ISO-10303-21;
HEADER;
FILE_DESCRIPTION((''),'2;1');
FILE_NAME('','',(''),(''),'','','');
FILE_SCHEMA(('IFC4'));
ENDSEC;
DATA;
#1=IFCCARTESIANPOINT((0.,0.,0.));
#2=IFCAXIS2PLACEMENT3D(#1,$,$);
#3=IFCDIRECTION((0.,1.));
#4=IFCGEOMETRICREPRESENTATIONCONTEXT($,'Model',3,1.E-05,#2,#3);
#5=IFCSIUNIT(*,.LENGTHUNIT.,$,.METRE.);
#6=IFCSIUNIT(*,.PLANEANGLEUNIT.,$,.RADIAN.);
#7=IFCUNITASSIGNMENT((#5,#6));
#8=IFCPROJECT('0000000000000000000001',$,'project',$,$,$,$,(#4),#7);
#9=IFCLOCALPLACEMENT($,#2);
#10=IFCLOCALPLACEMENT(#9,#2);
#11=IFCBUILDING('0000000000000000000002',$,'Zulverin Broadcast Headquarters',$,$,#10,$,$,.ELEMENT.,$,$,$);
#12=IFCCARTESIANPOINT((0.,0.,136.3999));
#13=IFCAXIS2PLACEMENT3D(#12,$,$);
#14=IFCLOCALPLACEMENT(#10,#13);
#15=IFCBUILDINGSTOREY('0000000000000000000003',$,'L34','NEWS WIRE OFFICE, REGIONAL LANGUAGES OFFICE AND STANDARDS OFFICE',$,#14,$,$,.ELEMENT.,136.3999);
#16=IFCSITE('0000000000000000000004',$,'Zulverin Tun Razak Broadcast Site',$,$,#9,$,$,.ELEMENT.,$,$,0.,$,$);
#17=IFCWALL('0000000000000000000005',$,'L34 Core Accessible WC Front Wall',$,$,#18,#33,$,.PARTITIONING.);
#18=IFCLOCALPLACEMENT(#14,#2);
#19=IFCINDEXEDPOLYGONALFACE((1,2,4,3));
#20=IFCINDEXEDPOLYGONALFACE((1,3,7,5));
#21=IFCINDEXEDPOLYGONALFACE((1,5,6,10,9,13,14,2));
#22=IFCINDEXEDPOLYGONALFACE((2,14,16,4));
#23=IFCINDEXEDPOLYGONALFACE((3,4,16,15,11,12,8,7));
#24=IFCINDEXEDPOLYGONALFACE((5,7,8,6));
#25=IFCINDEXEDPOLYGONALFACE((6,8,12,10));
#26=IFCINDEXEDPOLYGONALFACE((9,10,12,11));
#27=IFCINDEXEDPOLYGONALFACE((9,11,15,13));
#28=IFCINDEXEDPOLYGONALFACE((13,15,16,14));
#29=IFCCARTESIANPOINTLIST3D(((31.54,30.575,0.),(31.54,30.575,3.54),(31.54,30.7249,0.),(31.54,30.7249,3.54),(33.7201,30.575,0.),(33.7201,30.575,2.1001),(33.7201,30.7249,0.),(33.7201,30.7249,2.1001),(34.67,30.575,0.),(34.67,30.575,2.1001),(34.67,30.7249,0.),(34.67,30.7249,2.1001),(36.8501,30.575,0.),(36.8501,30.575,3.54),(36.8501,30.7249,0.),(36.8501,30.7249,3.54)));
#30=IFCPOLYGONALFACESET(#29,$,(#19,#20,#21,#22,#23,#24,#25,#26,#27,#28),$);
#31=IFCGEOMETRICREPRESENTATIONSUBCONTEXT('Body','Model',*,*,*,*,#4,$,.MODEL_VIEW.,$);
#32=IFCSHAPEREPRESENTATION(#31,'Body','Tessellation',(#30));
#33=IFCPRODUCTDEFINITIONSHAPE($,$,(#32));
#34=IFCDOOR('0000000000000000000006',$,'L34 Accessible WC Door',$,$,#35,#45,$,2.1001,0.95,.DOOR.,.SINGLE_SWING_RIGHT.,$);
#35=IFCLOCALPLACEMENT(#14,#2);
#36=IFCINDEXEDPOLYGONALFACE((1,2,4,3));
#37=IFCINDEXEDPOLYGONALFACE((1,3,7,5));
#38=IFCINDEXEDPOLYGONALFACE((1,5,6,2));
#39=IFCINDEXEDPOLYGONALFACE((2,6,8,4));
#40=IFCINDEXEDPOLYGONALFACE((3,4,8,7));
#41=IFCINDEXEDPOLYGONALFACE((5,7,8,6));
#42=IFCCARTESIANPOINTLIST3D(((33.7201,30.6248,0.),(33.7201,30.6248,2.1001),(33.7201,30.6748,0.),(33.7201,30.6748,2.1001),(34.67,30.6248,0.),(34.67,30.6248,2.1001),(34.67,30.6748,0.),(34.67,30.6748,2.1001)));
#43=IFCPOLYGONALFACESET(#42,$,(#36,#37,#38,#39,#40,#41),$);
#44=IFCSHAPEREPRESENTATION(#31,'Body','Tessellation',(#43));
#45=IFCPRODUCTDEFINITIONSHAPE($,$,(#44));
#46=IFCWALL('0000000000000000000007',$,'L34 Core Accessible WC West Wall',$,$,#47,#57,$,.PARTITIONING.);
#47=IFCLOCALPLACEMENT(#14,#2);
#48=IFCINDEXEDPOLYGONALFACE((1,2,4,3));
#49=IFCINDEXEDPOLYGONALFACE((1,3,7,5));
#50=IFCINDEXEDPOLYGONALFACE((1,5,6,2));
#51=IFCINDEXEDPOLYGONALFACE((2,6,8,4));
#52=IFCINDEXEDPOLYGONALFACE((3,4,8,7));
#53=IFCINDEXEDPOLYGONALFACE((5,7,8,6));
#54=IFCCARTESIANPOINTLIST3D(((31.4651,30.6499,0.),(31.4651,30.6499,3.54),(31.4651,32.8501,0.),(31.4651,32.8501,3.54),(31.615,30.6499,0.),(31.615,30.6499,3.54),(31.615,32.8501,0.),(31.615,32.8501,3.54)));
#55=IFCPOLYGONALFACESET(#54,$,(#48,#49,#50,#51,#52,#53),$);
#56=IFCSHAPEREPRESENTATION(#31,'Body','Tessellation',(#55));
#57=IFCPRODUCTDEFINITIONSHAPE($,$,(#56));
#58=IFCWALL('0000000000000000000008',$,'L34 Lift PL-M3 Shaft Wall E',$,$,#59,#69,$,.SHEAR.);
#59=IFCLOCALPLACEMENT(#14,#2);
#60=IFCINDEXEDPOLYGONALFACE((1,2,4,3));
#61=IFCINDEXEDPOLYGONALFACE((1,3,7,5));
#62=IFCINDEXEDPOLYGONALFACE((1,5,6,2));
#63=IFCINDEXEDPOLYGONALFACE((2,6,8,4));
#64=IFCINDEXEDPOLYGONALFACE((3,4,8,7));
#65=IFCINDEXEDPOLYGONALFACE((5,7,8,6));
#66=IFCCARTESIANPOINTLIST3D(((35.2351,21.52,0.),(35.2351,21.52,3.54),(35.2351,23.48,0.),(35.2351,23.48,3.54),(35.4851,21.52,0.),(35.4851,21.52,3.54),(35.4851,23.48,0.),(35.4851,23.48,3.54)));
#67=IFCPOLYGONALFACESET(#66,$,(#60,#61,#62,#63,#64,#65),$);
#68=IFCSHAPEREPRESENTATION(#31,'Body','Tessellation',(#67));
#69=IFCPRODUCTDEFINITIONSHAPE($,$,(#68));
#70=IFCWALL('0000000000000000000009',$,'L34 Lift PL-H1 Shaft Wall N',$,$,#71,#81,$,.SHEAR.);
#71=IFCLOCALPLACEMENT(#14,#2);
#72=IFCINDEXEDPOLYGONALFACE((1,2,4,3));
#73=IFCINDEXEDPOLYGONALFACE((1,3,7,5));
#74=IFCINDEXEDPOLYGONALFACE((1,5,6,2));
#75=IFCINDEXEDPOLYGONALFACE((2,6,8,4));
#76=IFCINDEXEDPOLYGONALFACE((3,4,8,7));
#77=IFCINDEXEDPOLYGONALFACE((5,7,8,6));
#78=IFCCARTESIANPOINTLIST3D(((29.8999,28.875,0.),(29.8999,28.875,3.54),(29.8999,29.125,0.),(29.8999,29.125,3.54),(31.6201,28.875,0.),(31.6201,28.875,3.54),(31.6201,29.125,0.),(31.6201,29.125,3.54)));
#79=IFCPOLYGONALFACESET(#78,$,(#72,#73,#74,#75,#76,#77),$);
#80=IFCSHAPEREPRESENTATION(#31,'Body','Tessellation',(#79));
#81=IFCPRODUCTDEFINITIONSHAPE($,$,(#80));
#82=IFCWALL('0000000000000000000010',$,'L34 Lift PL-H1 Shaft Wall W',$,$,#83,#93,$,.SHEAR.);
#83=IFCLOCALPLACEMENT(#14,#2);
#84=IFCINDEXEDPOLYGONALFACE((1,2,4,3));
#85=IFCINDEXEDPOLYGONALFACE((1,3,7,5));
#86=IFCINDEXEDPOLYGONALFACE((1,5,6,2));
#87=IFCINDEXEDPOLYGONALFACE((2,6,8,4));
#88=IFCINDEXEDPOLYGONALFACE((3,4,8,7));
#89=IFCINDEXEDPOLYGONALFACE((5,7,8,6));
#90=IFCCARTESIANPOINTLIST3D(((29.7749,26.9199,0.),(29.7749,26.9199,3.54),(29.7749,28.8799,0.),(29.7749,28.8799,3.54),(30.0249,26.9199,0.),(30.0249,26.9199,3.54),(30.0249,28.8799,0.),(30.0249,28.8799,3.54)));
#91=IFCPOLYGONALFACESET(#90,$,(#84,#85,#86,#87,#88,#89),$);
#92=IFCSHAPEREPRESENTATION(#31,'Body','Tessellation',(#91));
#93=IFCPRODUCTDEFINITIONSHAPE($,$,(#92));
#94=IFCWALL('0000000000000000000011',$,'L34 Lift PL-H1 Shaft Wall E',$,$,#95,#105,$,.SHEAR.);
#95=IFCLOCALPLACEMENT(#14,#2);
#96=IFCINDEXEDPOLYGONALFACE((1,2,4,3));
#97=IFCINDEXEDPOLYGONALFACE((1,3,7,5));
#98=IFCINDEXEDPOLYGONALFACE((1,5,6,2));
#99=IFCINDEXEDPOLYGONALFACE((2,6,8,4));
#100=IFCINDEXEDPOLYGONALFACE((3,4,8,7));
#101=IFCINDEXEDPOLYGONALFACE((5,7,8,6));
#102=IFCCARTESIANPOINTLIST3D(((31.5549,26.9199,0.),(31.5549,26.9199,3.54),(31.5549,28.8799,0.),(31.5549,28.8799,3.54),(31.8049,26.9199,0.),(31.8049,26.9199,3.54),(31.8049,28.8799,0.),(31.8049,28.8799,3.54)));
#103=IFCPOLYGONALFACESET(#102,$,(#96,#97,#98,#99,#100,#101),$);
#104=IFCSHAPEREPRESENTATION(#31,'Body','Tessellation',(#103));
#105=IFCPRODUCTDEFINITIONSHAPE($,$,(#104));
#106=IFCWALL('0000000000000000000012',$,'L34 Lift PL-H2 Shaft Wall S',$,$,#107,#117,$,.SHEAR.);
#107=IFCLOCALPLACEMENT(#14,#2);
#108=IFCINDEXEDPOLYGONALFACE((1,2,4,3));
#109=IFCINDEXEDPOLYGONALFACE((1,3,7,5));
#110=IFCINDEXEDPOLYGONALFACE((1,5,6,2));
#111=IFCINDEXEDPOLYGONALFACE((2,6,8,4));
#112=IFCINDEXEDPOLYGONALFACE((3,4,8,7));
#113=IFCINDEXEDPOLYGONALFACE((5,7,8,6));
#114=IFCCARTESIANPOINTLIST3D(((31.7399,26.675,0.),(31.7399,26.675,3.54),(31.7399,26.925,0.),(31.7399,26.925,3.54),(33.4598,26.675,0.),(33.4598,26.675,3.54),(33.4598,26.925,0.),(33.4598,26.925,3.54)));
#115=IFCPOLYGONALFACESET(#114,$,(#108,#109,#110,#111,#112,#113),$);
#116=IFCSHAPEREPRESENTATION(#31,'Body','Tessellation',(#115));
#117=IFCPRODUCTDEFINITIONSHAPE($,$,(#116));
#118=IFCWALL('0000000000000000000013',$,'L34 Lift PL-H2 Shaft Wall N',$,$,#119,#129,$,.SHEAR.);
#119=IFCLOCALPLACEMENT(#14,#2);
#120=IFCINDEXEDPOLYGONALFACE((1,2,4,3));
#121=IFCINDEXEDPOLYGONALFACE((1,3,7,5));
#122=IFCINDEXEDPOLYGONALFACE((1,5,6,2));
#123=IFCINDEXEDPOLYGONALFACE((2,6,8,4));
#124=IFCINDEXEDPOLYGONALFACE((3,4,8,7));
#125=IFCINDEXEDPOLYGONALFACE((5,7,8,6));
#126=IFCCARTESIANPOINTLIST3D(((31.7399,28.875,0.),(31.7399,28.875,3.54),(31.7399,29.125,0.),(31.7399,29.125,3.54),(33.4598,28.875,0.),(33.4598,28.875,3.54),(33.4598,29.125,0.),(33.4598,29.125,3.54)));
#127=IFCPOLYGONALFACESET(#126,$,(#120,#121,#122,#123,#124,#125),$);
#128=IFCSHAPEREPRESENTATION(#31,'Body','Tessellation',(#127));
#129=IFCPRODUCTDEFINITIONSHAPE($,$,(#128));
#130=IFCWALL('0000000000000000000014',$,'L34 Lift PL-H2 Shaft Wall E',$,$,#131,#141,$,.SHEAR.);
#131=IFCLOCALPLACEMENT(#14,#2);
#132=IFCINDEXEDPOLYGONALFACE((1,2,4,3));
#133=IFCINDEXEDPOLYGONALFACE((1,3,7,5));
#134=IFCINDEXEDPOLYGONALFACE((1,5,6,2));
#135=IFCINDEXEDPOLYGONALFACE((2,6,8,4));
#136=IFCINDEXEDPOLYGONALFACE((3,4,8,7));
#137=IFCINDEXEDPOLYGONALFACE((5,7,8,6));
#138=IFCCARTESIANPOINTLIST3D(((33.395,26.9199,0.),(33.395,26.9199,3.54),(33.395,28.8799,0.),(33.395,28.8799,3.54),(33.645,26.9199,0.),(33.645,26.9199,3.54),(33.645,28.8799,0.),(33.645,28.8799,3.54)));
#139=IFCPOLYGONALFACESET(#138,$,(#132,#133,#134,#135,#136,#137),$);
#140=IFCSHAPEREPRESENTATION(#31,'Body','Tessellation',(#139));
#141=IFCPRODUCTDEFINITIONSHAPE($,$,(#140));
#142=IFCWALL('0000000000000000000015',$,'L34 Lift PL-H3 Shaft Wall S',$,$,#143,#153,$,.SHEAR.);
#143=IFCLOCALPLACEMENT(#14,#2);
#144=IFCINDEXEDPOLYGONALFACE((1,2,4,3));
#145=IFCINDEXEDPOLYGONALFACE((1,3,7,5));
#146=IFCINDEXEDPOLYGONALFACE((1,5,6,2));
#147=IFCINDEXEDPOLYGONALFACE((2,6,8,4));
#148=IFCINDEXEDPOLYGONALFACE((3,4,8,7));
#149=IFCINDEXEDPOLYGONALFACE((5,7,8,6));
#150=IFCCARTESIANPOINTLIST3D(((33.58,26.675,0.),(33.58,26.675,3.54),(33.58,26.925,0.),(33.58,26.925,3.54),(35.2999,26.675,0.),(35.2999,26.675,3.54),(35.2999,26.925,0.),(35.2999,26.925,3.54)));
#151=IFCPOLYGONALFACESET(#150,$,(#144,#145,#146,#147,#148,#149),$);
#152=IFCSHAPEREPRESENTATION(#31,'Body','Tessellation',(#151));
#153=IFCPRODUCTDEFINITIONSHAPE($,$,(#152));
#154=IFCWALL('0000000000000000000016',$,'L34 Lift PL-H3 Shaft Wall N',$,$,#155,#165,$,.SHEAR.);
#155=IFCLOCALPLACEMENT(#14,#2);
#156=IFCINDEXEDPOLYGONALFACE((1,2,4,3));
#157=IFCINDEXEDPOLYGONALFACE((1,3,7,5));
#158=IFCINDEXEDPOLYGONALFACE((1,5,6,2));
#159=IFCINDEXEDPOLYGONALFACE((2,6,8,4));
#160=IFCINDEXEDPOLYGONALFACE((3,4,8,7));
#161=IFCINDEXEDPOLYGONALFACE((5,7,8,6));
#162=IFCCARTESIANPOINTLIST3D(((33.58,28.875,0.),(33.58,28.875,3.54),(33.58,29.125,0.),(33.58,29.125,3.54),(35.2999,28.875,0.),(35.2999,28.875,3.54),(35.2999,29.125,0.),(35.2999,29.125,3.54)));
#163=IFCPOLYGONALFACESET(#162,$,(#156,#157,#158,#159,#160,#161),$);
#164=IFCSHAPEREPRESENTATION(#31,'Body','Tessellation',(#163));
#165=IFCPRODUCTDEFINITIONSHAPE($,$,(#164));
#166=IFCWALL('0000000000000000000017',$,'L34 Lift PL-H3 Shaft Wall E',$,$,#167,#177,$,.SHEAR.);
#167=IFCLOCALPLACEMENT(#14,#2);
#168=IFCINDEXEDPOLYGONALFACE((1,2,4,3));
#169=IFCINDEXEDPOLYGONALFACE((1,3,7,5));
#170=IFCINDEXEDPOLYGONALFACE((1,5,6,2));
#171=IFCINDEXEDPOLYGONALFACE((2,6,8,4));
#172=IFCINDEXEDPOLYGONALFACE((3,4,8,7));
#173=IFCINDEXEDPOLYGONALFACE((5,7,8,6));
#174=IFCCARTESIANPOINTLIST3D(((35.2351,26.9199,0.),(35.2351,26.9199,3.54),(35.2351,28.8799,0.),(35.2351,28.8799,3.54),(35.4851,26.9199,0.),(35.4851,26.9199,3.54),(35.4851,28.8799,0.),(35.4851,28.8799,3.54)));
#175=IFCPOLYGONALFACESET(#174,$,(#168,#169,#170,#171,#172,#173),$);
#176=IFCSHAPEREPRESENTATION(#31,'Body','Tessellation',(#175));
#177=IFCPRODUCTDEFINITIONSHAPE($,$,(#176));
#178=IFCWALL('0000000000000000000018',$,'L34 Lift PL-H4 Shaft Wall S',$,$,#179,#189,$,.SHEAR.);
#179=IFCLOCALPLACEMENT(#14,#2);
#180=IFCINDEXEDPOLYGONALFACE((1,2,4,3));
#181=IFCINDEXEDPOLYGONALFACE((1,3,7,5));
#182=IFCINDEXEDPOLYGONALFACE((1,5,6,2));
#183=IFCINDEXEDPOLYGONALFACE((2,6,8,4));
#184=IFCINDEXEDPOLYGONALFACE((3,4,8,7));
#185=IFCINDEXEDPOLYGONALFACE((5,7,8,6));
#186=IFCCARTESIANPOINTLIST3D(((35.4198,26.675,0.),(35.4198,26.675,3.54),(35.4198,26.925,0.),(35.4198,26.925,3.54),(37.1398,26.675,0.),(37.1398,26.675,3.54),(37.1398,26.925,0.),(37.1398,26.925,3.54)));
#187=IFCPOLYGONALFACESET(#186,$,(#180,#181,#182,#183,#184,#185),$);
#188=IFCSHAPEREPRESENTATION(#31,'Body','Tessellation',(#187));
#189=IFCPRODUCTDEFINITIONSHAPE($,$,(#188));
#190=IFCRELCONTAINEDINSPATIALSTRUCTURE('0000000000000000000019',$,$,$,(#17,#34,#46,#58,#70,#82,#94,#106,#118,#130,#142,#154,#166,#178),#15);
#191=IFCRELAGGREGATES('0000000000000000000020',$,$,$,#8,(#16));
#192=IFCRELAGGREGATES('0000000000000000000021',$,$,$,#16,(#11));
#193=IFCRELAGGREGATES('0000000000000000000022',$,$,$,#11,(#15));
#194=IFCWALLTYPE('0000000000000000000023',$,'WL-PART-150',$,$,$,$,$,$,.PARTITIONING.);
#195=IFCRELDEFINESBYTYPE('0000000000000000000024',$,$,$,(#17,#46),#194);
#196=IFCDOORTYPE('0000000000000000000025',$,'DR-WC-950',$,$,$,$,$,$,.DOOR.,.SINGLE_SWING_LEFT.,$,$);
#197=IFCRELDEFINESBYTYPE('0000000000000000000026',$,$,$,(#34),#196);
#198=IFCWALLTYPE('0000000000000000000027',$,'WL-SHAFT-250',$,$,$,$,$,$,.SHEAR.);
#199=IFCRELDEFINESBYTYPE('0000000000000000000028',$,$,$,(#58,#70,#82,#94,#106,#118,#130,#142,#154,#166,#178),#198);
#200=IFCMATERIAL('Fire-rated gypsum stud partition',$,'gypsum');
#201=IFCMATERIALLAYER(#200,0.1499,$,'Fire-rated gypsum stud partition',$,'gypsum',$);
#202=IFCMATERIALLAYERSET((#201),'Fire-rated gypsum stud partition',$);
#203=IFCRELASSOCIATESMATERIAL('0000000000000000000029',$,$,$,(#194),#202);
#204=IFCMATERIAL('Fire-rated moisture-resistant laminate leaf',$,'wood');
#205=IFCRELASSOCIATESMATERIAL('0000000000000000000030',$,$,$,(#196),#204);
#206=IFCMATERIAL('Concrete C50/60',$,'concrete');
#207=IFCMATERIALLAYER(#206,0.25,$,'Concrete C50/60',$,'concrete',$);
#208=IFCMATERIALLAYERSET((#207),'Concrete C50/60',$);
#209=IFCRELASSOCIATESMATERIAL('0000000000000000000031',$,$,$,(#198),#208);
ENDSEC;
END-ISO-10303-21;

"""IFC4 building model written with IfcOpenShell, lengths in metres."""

from ifc_helpers import new_model, si_unit, direction, frame, frame_2d, origin, place, context, subcontext, project, spatial, rectangle, extrude, material, layer, layer_set, type_object, element, fill, save


model = new_model("IFC4")

# Units and contexts
model_context = context("Model", 3, precision=1e-05, world=origin(), true_north=direction((0.0, 1.0)))
body_context = subcontext(model_context, "Body", "Model", "MODEL_VIEW")
ifc_project = project(units=[si_unit("LENGTHUNIT", "METRE"), si_unit("PLANEANGLEUNIT", "RADIAN")], contexts=[model_context])

# Site, building, storey
site_placement = place(None, origin())
site = spatial("IfcSite", under=ifc_project, at=site_placement, Name="Zulverin Tun Razak Broadcast Site", CompositionType="ELEMENT", RefElevation=0.0)
building_placement = place(site_placement, origin())
building = spatial("IfcBuilding", under=site, at=building_placement, Name="Zulverin Broadcast Headquarters", CompositionType="ELEMENT")
storey_placement = place(building_placement, frame((0.0, 0.0, 136.3999)))
storey = spatial("IfcBuildingStorey", under=building, at=storey_placement, Name="L34", Description="NEWS WIRE OFFICE, REGIONAL LANGUAGES OFFICE AND STANDARDS OFFICE", CompositionType="ELEMENT", Elevation=136.3999)

# Wall, opening, door
ifc_material_1 = material(Name="Fire-rated gypsum stud partition", Category="gypsum")
ifc_layer_1 = layer(ifc_material_1, 0.1499, Name="Fire-rated gypsum stud partition", Category="gypsum")
ifc_layer_set_1 = layer_set([ifc_layer_1], Name="Fire-rated gypsum stud partition")
wall_type_1 = type_object("IfcWallType", Name="WL-PART-150", PredefinedType="PARTITIONING", material=ifc_layer_set_1)
wall_1_placement = place(storey_placement, frame((31.54, 30.6499, 0.0), z_axis=(0.0, 0.0, 1.0), x_axis=(1.0, 0.0, 0.0)))
wall_1 = element("IfcWall", 1, at=wall_1_placement, inside=storey, type_object=wall_type_1, Name="L34 Core Accessible WC Front Wall", PredefinedType="PARTITIONING", context=body_context, shape_type="SweptSolid", body=[
    extrude(rectangle(XDim=5.3101, YDim=0.1499, at=frame_2d((2.655, 0.0))), origin(), (0.0, 0.0, 1.0), 3.54),
])
opening_1_placement = place(wall_1_placement, frame((2.1799, 0.0, 0.0)))
opening_1 = element("IfcOpeningElement", 2, at=opening_1_placement, cuts=wall_1, PredefinedType="OPENING", context=body_context, shape_type="SweptSolid", body=[
    extrude(rectangle(XDim=0.95, YDim=2.1001, at=frame_2d((0.4751, 1.05))), frame((0.0, 0.085, 0.0), z_axis=(0.0, -1.0, 0.0), x_axis=(1.0, 0.0, 0.0)), (0.0, 0.0, 1.0), 0.1699),
])
ifc_material_2 = material(Name="Fire-rated moisture-resistant laminate leaf", Category="wood")
door_type_1 = type_object("IfcDoorType", Name="DR-WC-950", OperationType="SINGLE_SWING_LEFT", PredefinedType="DOOR", material=ifc_material_2)
door_1_placement = place(opening_1_placement, origin())
door_1 = element("IfcDoor", 3, at=door_1_placement, inside=storey, type_object=door_type_1, Name="L34 Accessible WC Door", OperationType="SINGLE_SWING_RIGHT", OverallHeight=2.1001, OverallWidth=0.95, PredefinedType="DOOR", context=body_context, shape_type="SweptSolid", body=[
    extrude(rectangle(XDim=0.95, YDim=2.1001, at=frame_2d((0.4751, 1.05))), frame((0.0, 0.0249, 0.0), z_axis=(0.0, -1.0, 0.0), x_axis=(1.0, 0.0, 0.0)), (0.0, 0.0, 1.0), 0.05),
])
fill(opening_1, door_1)

# Wall
wall_2_placement = place(storey_placement, frame((31.54, 30.6499, 0.0), z_axis=(0.0, 0.0, 1.0), x_axis=(0.0, 1.0, 0.0)))
element("IfcWall", 4, at=wall_2_placement, inside=storey, type_object=wall_type_1, Name="L34 Core Accessible WC West Wall", PredefinedType="PARTITIONING", context=body_context, shape_type="SweptSolid", body=[
    extrude(rectangle(XDim=2.2002, YDim=0.1499, at=frame_2d((1.1001, 0.0))), origin(), (0.0, 0.0, 1.0), 3.54),
])

# Shared definitions
ifc_material_3 = material(Name="Concrete C50/60", Category="concrete")
ifc_layer_2 = layer(ifc_material_3, 0.25, Name="Concrete C50/60", Category="concrete")
ifc_layer_set_2 = layer_set([ifc_layer_2], Name="Concrete C50/60")
wall_type_2 = type_object("IfcWallType", Name="WL-SHAFT-250", PredefinedType="SHEAR", material=ifc_layer_set_2)

# Wall
wall_3_placement = place(storey_placement, frame((35.3601, 21.52, 0.0), z_axis=(0.0, 0.0, 1.0), x_axis=(0.0, 1.0, 0.0)))
element("IfcWall", 5, at=wall_3_placement, inside=storey, type_object=wall_type_2, Name="L34 Lift PL-M3 Shaft Wall E", PredefinedType="SHEAR", context=body_context, shape_type="SweptSolid", body=[
    extrude(rectangle(XDim=1.96, YDim=0.25, at=frame_2d((0.98, 0.0))), origin(), (0.0, 0.0, 1.0), 3.54),
])

# Walls
wall_4_placement = place(storey_placement, frame((29.8999, 29.0, 0.0), z_axis=(0.0, 0.0, 1.0), x_axis=(1.0, 0.0, 0.0)))
element("IfcWall", 6, at=wall_4_placement, inside=storey, type_object=wall_type_2, Name="L34 Lift PL-H1 Shaft Wall N", PredefinedType="SHEAR", context=body_context, shape_type="SweptSolid", body=[
    extrude(rectangle(XDim=1.7202, YDim=0.25, at=frame_2d((0.8601, 0.0))), origin(), (0.0, 0.0, 1.0), 3.54),
])
for number, where, z_axis, x_axis, name in (
    (7, (29.8999, 26.9199, 0.0), (0.0, 0.0, 1.0), (0.0, 1.0, 0.0), "L34 Lift PL-H1 Shaft Wall W"),
    (8, (31.6799, 26.9199, 0.0), (0.0, 0.0, 1.0), (0.0, 1.0, 0.0), "L34 Lift PL-H1 Shaft Wall E"),
):
    element("IfcWall", number, at=place(storey_placement, frame(where, z_axis=z_axis, x_axis=x_axis)), inside=storey, type_object=wall_type_2, Name=name, PredefinedType="SHEAR", context=body_context, shape_type="SweptSolid", body=[
        extrude(rectangle(XDim=1.96, YDim=0.25, at=frame_2d((0.98, 0.0))), origin(), (0.0, 0.0, 1.0), 3.54),
    ])
for number, where, z_axis, x_axis, name in (
    (9, (31.74, 26.8, 0.0), (0.0, 0.0, 1.0), (1.0, 0.0, 0.0), "L34 Lift PL-H2 Shaft Wall S"),
    (10, (31.74, 29.0, 0.0), (0.0, 0.0, 1.0), (1.0, 0.0, 0.0), "L34 Lift PL-H2 Shaft Wall N"),
):
    element("IfcWall", number, at=place(storey_placement, frame(where, z_axis=z_axis, x_axis=x_axis)), inside=storey, type_object=wall_type_2, Name=name, PredefinedType="SHEAR", context=body_context, shape_type="SweptSolid", body=[
        extrude(rectangle(XDim=1.72, YDim=0.25, at=frame_2d((0.8599, 0.0))), origin(), (0.0, 0.0, 1.0), 3.54),
    ])
wall_5_placement = place(storey_placement, frame((33.52, 26.9199, 0.0), z_axis=(0.0, 0.0, 1.0), x_axis=(0.0, 1.0, 0.0)))
element("IfcWall", 11, at=wall_5_placement, inside=storey, type_object=wall_type_2, Name="L34 Lift PL-H2 Shaft Wall E", PredefinedType="SHEAR", context=body_context, shape_type="SweptSolid", body=[
    extrude(rectangle(XDim=1.96, YDim=0.25, at=frame_2d((0.98, 0.0))), origin(), (0.0, 0.0, 1.0), 3.54),
])
for number, where, z_axis, x_axis, name in (
    (12, (33.5801, 26.8, 0.0), (0.0, 0.0, 1.0), (1.0, 0.0, 0.0), "L34 Lift PL-H3 Shaft Wall S"),
    (13, (33.5801, 29.0, 0.0), (0.0, 0.0, 1.0), (1.0, 0.0, 0.0), "L34 Lift PL-H3 Shaft Wall N"),
):
    element("IfcWall", number, at=place(storey_placement, frame(where, z_axis=z_axis, x_axis=x_axis)), inside=storey, type_object=wall_type_2, Name=name, PredefinedType="SHEAR", context=body_context, shape_type="SweptSolid", body=[
        extrude(rectangle(XDim=1.72, YDim=0.25, at=frame_2d((0.8599, 0.0))), origin(), (0.0, 0.0, 1.0), 3.54),
    ])
wall_6_placement = place(storey_placement, frame((35.3601, 26.9199, 0.0), z_axis=(0.0, 0.0, 1.0), x_axis=(0.0, 1.0, 0.0)))
element("IfcWall", 14, at=wall_6_placement, inside=storey, type_object=wall_type_2, Name="L34 Lift PL-H3 Shaft Wall E", PredefinedType="SHEAR", context=body_context, shape_type="SweptSolid", body=[
    extrude(rectangle(XDim=1.96, YDim=0.25, at=frame_2d((0.98, 0.0))), origin(), (0.0, 0.0, 1.0), 3.54),
])
wall_7_placement = place(storey_placement, frame((35.4199, 26.8, 0.0), z_axis=(0.0, 0.0, 1.0), x_axis=(1.0, 0.0, 0.0)))
element("IfcWall", 15, at=wall_7_placement, inside=storey, type_object=wall_type_2, Name="L34 Lift PL-H4 Shaft Wall S", PredefinedType="SHEAR", context=body_context, shape_type="SweptSolid", body=[
    extrude(rectangle(XDim=1.72, YDim=0.25, at=frame_2d((0.8599, 0.0))), origin(), (0.0, 0.0, 1.0), 3.54),
])

save(model, "model.ifc")
